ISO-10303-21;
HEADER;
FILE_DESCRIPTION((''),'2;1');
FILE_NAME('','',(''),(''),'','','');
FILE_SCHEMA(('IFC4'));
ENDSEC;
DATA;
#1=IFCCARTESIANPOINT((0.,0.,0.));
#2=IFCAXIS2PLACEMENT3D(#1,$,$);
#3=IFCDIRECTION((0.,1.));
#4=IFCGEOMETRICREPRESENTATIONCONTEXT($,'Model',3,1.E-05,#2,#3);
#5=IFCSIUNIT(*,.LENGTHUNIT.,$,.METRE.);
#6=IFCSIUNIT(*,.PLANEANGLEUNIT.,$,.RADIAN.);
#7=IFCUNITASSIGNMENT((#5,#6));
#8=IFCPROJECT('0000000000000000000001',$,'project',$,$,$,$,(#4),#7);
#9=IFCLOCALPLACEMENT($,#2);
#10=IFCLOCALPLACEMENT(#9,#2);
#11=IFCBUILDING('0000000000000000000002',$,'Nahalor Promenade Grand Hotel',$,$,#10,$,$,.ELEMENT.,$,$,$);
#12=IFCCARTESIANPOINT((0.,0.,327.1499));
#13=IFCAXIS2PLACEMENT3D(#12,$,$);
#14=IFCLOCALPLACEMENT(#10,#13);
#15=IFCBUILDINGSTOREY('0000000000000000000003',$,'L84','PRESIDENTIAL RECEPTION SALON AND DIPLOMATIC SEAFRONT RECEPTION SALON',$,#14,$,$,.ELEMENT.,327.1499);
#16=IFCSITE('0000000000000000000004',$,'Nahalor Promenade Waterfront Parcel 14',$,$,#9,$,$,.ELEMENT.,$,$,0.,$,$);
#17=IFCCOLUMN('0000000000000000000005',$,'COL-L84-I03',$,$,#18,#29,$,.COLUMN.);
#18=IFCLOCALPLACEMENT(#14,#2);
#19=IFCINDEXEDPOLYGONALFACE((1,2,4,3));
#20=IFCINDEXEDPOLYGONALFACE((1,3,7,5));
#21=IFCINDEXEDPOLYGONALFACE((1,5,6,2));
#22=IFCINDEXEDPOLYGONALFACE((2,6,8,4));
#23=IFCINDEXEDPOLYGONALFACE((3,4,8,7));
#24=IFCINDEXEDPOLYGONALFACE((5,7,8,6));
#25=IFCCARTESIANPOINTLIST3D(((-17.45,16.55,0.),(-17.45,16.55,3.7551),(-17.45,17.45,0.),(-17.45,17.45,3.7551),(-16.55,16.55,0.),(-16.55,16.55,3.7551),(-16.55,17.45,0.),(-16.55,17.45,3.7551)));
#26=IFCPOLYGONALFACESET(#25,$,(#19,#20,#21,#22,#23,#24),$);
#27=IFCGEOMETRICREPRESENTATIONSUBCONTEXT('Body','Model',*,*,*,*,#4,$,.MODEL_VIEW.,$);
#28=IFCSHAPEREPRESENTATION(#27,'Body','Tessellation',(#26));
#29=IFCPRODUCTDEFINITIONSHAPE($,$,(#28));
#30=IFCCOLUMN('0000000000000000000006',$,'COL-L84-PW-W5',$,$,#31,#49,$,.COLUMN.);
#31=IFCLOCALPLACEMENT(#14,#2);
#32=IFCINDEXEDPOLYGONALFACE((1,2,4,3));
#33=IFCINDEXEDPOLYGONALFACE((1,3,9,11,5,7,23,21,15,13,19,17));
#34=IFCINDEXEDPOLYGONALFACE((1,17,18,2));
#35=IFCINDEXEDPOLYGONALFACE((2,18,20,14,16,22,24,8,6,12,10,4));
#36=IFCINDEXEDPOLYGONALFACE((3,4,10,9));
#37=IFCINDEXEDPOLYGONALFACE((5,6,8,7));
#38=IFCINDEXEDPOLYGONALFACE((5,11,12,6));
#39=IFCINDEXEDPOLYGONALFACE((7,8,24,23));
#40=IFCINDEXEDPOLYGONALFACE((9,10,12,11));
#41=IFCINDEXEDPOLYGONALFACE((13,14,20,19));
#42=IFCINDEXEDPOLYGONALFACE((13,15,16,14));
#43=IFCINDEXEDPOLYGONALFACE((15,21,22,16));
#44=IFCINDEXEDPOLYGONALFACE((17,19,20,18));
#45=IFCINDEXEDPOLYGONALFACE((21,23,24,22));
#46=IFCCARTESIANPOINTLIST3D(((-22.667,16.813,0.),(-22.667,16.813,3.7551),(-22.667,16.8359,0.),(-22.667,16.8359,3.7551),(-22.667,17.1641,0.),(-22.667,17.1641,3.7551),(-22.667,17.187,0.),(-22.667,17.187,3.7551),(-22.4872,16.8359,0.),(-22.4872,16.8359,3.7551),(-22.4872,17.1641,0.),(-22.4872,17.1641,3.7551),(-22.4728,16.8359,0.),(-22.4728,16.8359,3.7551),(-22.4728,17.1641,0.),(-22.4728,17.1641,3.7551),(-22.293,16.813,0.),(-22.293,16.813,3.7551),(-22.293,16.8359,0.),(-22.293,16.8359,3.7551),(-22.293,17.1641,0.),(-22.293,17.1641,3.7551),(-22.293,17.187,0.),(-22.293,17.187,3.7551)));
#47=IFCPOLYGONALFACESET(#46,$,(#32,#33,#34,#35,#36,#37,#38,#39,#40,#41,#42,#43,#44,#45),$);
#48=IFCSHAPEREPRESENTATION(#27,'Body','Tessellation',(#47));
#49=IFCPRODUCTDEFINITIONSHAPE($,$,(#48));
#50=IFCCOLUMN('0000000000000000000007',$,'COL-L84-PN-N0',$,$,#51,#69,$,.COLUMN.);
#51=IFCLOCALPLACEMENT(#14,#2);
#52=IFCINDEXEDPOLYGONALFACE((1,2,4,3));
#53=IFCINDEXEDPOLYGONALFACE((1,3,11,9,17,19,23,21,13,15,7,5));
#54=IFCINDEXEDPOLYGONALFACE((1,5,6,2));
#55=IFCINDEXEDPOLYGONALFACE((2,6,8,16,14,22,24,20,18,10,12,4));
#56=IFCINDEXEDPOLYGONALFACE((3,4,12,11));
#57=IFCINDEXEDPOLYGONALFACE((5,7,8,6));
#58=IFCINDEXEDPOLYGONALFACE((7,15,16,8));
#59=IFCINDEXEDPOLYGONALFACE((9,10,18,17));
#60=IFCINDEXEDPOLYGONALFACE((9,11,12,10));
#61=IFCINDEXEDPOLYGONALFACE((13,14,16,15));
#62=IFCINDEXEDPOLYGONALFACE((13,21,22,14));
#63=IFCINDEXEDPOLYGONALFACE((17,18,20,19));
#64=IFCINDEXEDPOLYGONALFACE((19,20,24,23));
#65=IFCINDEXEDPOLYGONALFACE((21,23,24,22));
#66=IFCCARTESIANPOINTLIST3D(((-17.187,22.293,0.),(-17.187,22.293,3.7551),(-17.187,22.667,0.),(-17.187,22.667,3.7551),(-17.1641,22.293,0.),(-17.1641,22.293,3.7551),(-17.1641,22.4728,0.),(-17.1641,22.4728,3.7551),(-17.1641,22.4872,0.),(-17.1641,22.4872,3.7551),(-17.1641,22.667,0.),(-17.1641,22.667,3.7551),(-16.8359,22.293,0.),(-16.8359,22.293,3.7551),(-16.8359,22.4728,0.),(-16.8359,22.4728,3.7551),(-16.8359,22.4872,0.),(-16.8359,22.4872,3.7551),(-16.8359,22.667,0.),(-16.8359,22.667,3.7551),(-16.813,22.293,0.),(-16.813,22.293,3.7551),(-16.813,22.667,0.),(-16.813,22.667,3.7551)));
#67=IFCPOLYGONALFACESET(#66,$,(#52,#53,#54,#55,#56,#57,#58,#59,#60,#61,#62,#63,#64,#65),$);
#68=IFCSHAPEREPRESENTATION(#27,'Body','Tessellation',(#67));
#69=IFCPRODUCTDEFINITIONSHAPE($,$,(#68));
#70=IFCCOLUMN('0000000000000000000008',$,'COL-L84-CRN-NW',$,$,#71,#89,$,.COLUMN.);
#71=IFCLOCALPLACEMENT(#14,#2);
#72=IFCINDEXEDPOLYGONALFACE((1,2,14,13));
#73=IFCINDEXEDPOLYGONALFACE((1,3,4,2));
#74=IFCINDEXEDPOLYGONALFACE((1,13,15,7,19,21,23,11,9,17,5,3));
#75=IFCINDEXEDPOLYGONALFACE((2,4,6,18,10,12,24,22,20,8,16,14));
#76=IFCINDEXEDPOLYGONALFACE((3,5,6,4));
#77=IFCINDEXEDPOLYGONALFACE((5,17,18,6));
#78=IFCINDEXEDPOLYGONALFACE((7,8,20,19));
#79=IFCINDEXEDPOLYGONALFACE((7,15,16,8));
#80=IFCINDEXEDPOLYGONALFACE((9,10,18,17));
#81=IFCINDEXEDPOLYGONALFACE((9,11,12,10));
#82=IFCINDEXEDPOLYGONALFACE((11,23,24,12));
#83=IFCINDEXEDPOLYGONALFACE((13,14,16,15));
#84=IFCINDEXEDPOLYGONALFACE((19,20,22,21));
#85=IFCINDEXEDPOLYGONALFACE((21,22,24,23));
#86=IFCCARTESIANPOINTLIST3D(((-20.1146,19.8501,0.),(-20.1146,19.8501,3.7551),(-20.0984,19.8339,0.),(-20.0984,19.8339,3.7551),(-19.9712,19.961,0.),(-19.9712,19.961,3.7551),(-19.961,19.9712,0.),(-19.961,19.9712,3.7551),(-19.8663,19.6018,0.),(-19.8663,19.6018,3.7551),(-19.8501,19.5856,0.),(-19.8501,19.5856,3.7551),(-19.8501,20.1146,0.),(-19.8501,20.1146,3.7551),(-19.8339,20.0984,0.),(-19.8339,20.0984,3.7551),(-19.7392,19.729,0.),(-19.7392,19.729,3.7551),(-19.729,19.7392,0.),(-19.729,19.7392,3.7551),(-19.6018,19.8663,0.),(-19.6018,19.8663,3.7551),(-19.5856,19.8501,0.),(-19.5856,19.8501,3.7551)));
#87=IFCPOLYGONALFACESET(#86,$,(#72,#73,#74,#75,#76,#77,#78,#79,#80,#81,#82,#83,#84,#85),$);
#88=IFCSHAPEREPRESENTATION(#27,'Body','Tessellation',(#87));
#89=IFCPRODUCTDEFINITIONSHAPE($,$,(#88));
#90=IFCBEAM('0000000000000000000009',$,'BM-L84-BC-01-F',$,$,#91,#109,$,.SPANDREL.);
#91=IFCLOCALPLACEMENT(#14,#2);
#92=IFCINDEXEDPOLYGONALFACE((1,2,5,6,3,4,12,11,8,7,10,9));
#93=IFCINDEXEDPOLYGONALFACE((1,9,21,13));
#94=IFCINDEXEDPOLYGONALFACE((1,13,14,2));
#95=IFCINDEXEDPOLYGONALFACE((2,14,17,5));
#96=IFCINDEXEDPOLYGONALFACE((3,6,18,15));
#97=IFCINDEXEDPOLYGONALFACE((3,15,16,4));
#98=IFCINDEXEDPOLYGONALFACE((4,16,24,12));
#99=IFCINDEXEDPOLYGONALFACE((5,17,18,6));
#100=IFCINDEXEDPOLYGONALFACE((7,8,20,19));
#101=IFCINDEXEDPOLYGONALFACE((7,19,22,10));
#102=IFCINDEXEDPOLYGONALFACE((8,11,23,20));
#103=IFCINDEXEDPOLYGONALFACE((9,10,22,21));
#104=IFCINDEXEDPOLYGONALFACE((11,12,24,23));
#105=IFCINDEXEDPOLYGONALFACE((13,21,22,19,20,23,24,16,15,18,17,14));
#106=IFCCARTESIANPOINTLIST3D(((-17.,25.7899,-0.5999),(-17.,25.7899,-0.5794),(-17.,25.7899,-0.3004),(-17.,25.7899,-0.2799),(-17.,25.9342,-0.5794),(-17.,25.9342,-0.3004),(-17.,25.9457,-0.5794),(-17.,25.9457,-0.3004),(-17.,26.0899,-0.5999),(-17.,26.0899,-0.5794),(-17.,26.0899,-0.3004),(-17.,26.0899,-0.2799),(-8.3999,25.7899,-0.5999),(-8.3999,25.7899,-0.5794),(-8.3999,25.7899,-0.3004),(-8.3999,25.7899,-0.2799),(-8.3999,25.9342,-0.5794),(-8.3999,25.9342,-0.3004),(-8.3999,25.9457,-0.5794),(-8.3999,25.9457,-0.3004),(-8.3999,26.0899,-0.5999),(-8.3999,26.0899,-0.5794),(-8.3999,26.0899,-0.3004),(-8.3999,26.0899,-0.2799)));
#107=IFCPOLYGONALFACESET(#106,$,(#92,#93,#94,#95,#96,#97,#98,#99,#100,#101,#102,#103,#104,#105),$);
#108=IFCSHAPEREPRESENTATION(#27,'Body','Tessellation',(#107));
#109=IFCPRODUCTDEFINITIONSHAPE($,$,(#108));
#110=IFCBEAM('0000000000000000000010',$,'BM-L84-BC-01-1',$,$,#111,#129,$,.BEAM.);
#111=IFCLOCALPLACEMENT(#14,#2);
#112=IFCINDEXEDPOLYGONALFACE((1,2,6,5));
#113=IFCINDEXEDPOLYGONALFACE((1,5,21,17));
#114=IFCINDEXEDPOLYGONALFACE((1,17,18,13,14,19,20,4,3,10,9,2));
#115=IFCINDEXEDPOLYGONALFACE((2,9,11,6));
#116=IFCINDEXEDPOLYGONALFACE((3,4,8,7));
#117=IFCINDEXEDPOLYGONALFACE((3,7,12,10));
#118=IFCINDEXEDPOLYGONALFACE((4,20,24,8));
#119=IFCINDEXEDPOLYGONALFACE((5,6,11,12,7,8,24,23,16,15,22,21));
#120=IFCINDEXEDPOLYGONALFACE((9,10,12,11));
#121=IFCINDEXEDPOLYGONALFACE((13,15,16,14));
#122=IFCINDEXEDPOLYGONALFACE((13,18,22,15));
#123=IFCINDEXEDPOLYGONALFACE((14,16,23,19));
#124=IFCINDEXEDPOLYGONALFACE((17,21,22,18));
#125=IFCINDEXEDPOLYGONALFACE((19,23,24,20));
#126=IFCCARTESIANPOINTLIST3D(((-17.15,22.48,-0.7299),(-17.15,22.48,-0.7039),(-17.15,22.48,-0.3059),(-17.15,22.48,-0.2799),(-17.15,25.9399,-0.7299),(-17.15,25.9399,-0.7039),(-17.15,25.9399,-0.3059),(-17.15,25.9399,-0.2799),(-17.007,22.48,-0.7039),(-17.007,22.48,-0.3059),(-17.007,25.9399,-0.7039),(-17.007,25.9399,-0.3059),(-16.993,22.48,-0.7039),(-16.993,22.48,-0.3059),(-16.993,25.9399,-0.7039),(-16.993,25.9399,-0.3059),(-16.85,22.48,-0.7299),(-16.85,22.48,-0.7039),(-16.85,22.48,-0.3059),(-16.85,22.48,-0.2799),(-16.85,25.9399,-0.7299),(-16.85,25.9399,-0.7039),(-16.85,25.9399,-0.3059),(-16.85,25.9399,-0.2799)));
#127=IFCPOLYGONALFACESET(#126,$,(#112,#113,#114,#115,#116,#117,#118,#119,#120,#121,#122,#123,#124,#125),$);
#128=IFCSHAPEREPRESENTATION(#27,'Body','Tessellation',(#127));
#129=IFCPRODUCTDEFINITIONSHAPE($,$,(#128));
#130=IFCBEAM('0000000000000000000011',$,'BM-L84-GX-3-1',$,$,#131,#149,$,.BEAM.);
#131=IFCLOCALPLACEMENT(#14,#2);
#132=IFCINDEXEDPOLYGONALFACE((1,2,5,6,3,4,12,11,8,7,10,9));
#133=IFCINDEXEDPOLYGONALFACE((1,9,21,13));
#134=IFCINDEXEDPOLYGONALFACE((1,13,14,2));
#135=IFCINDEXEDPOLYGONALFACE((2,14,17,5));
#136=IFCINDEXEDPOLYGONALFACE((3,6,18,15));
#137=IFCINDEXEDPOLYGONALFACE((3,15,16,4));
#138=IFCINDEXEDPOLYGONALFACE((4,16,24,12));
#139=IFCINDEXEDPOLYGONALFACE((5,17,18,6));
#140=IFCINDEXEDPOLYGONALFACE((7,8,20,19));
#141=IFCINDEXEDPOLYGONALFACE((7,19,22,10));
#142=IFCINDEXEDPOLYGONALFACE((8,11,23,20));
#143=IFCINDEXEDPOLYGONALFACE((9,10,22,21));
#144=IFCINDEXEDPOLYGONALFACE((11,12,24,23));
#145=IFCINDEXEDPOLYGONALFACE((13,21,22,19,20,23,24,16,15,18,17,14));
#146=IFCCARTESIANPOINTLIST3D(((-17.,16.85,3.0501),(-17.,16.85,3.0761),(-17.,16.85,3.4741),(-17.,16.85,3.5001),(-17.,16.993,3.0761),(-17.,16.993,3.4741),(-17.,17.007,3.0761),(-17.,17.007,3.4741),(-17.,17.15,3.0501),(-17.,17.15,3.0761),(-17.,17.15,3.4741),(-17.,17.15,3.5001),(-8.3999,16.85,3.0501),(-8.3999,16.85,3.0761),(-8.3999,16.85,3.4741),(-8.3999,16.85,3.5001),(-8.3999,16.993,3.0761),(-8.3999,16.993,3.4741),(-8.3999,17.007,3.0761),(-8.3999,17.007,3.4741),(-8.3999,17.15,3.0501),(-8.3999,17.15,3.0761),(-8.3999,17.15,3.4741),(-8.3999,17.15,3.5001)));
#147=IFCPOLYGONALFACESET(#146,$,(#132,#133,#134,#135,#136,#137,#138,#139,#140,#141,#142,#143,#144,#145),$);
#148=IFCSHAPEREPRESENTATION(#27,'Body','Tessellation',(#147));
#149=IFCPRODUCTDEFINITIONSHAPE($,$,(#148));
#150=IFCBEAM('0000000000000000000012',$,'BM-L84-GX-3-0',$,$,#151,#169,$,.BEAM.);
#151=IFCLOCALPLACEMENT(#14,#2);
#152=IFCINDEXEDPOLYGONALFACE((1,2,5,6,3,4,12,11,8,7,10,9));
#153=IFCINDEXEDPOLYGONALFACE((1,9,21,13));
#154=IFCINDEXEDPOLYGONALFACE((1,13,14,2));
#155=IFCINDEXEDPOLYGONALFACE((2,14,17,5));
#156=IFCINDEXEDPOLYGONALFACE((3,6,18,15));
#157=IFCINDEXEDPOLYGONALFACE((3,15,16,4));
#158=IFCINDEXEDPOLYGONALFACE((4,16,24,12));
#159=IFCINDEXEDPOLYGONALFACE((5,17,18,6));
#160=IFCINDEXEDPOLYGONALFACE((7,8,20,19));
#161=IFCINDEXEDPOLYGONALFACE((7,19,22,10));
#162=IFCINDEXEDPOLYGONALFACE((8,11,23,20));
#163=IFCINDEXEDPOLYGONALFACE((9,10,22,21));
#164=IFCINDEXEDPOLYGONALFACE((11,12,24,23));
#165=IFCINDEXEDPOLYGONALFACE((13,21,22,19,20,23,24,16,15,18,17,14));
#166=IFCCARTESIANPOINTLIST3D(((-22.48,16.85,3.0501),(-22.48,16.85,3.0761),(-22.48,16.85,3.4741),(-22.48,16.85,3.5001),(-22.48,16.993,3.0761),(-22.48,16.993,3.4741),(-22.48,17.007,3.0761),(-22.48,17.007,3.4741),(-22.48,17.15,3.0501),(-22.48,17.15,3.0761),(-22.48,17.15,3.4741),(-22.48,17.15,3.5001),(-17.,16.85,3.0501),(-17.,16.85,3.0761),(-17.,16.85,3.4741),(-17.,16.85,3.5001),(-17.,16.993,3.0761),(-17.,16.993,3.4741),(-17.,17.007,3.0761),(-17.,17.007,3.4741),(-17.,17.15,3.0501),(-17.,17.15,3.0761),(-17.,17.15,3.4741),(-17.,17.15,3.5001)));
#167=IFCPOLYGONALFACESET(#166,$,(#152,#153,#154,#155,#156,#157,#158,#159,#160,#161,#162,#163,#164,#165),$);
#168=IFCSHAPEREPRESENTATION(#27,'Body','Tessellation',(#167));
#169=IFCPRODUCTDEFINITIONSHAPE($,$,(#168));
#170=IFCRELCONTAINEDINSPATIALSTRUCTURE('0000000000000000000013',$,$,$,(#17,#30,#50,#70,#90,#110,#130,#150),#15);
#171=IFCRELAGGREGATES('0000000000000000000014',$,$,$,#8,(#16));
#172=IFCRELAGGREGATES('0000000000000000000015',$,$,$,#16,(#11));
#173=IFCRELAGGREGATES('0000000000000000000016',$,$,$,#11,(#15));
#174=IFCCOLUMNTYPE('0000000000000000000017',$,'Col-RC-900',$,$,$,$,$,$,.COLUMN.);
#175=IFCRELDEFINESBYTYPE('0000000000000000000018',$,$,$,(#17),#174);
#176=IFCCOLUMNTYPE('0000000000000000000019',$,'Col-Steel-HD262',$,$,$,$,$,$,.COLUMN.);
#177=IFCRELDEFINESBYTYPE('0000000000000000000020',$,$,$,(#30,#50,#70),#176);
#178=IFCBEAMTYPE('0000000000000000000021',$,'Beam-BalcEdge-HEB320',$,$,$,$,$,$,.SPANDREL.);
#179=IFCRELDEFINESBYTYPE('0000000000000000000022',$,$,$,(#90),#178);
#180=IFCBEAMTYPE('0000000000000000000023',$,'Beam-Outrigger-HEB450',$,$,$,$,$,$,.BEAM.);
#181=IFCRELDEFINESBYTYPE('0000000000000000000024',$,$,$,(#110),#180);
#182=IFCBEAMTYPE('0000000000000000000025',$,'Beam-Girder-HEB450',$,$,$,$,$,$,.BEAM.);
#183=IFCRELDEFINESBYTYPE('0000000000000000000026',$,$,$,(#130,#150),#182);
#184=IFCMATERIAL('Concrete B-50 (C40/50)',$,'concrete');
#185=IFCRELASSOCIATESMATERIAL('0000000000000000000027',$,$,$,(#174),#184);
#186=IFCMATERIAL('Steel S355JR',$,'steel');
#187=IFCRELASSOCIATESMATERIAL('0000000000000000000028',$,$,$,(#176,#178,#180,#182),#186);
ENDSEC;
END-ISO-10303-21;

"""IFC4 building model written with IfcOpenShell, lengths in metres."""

from ifc_helpers import new_model, si_unit, direction, frame, origin, origin_2d, place, context, subcontext, project, spatial, rectangle, i_section, extrude, source, transform, mapped, material, material_profile, profile_set, type_object, element, save


model = new_model("IFC4")

# Units and contexts
model_context = context("Model", 3, precision=1e-05, world=origin(), true_north=direction((0.0, 1.0)))
body_context = subcontext(model_context, "Body", "Model", "MODEL_VIEW")
ifc_project = project(units=[si_unit("LENGTHUNIT", "METRE"), si_unit("PLANEANGLEUNIT", "RADIAN")], contexts=[model_context])

# Site, building, storey
site_placement = place(None, origin())
site = spatial("IfcSite", under=ifc_project, at=site_placement, Name="Nahalor Promenade Waterfront Parcel 14", CompositionType="ELEMENT", RefElevation=0.0)
building_placement = place(site_placement, origin())
building = spatial("IfcBuilding", under=site, at=building_placement, Name="Nahalor Promenade Grand Hotel", CompositionType="ELEMENT")
storey_placement = place(building_placement, frame((0.0, 0.0, 327.1499)))
storey = spatial("IfcBuildingStorey", under=building, at=storey_placement, Name="L84", Description="PRESIDENTIAL RECEPTION SALON AND DIPLOMATIC SEAFRONT RECEPTION SALON", CompositionType="ELEMENT", Elevation=327.1499)

# Columns
ifc_material_1 = material(Name="Concrete B-50 (C40/50)", Category="concrete")
ifc_material_profile_1 = material_profile(ifc_material_1, rectangle(XDim=0.9, YDim=0.9, at=origin_2d()), Name="RC 900x900")
ifc_profile_set_1 = profile_set([ifc_material_profile_1], Name="Concrete B-50 (C40/50)")
column_type_1 = type_object("IfcColumnType", Name="Col-RC-900", PredefinedType="COLUMN", material=ifc_profile_set_1)
shared_shape_1 = source(origin(), body_context, "Body", "SweptSolid", [
    extrude(rectangle(XDim=0.9, YDim=0.9, at=origin_2d()), origin(), (0.0, 0.0, 1.0), 3.7551),
])
column_placement = place(storey_placement, frame((-17.0, 17.0, 0.0), z_axis=(0.0, 0.0, 1.0), x_axis=(1.0, 0.0, 0.0)))
element("IfcColumn", 1, at=column_placement, inside=storey, type_object=column_type_1, Name="COL-L84-I03", PredefinedType="COLUMN", context=body_context, shape_type="MappedRepresentation", body=[
    mapped(shared_shape_1, transform((0.0, 0.0, 0.0), scale=1.0)),
])
ifc_material_2 = material(Name="Steel S355JR", Category="steel")
ifc_material_profile_2 = material_profile(ifc_material_2, i_section(OverallWidth=0.374, OverallDepth=0.374, WebThickness=0.0144, FlangeThickness=0.0229, at=origin_2d()), Name="HD 360x262")
ifc_profile_set_2 = profile_set([ifc_material_profile_2], Name="Steel S355JR")
column_type_2 = type_object("IfcColumnType", Name="Col-Steel-HD262", PredefinedType="COLUMN", material=ifc_profile_set_2)
shared_shape_2 = source(origin(), body_context, "Body", "SweptSolid", [
    extrude(i_section(OverallWidth=0.374, OverallDepth=0.374, WebThickness=0.0144, FlangeThickness=0.0229, at=origin_2d()), origin(), (0.0, 0.0, 1.0), 3.7551),
])
for number, where, z_axis, x_axis, name in (
    (2, (-22.48, 17.0, 0.0), (0.0, 0.0, 1.0), (1.0, 0.0, 0.0), "COL-L84-PW-W5"),
    (3, (-17.0, 22.48, 0.0), (0.0, 0.0, 1.0), (0.0, 1.0, 0.0), "COL-L84-PN-N0"),
    (4, (-19.8501, 19.8501, 0.0), (0.0, 0.0, 1.0), (0.707107, 0.707107, 0.0), "COL-L84-CRN-NW"),
):
    element("IfcColumn", number, at=place(storey_placement, frame(where, z_axis=z_axis, x_axis=x_axis)), inside=storey, type_object=column_type_2, Name=name, PredefinedType="COLUMN", context=body_context, shape_type="MappedRepresentation", body=[
        mapped(shared_shape_2, transform((0.0, 0.0, 0.0), scale=1.0)),
    ])

# Beams
ifc_material_profile_3 = material_profile(ifc_material_2, i_section(OverallWidth=0.3, OverallDepth=0.32, WebThickness=0.0115, FlangeThickness=0.0205, at=origin_2d()), Name="HEB 320")
ifc_profile_set_3 = profile_set([ifc_material_profile_3], Name="Steel S355JR")
beam_type_1 = type_object("IfcBeamType", Name="Beam-BalcEdge-HEB320", PredefinedType="SPANDREL", material=ifc_profile_set_3)
shared_shape_3 = source(origin(), body_context, "Body", "SweptSolid", [
    extrude(i_section(OverallWidth=0.3, OverallDepth=0.32, WebThickness=0.0115, FlangeThickness=0.0205, at=origin_2d()), origin(), (0.0, 0.0, 1.0), 8.6001),
])
beam_1_placement = place(storey_placement, frame((-17.0, 25.9399, -0.4399), z_axis=(1.0, 0.0, 0.0), x_axis=(0.0, 1.0, 0.0)))
element("IfcBeam", 5, at=beam_1_placement, inside=storey, type_object=beam_type_1, Name="BM-L84-BC-01-F", PredefinedType="SPANDREL", context=body_context, shape_type="MappedRepresentation", body=[
    mapped(shared_shape_3, transform((0.0, 0.0, 0.0), scale=1.0)),
])
ifc_material_profile_4 = material_profile(ifc_material_2, i_section(OverallWidth=0.3, OverallDepth=0.45, WebThickness=0.014, FlangeThickness=0.026, at=origin_2d()), Name="HEB 450")
ifc_profile_set_4 = profile_set([ifc_material_profile_4], Name="Steel S355JR")
beam_type_2 = type_object("IfcBeamType", Name="Beam-Outrigger-HEB450", PredefinedType="BEAM", material=ifc_profile_set_4)
shared_shape_4 = source(origin(), body_context, "Body", "SweptSolid", [
    extrude(i_section(OverallWidth=0.3, OverallDepth=0.45, WebThickness=0.014, FlangeThickness=0.026, at=origin_2d()), origin(), (0.0, 0.0, 1.0), 3.46),
])
beam_2_placement = place(storey_placement, frame((-17.0, 22.48, -0.5049), z_axis=(0.0, 1.0, 0.0), x_axis=(-1.0, 0.0, 0.0)))
element("IfcBeam", 6, at=beam_2_placement, inside=storey, type_object=beam_type_2, Name="BM-L84-BC-01-1", PredefinedType="BEAM", context=body_context, shape_type="MappedRepresentation", body=[
    mapped(shared_shape_4, transform((0.0, 0.0, 0.0), scale=1.0)),
])
ifc_material_profile_5 = material_profile(ifc_material_2, i_section(OverallWidth=0.3, OverallDepth=0.45, WebThickness=0.014, FlangeThickness=0.026, at=origin_2d()), Name="HEB 450")
ifc_profile_set_5 = profile_set([ifc_material_profile_5], Name="Steel S355JR")
beam_type_3 = type_object("IfcBeamType", Name="Beam-Girder-HEB450", PredefinedType="BEAM", material=ifc_profile_set_5)
shared_shape_5 = source(origin(), body_context, "Body", "SweptSolid", [
    extrude(i_section(OverallWidth=0.3, OverallDepth=0.45, WebThickness=0.014, FlangeThickness=0.026, at=origin_2d()), origin(), (0.0, 0.0, 1.0), 8.6001),
])
beam_3_placement = place(storey_placement, frame((-17.0, 17.0, 3.2751), z_axis=(1.0, 0.0, 0.0), x_axis=(0.0, 1.0, 0.0)))
element("IfcBeam", 7, at=beam_3_placement, inside=storey, type_object=beam_type_3, Name="BM-L84-GX-3-1", PredefinedType="BEAM", context=body_context, shape_type="MappedRepresentation", body=[
    mapped(shared_shape_5, transform((0.0, 0.0, 0.0), scale=1.0)),
])
shared_shape_6 = source(origin(), body_context, "Body", "SweptSolid", [
    extrude(i_section(OverallWidth=0.3, OverallDepth=0.45, WebThickness=0.014, FlangeThickness=0.026, at=origin_2d()), origin(), (0.0, 0.0, 1.0), 5.48),
])
for number, where, z_axis, x_axis, name in (
    (8, (-22.48, 17.0, 3.2751), (1.0, 0.0, 0.0), (0.0, 1.0, 0.0), "BM-L84-GX-3-0"),
):
    element("IfcBeam", number, at=place(storey_placement, frame(where, z_axis=z_axis, x_axis=x_axis)), inside=storey, type_object=beam_type_3, Name=name, PredefinedType="BEAM", context=body_context, shape_type="MappedRepresentation", body=[
        mapped(shared_shape_6, transform((0.0, 0.0, 0.0), scale=1.0)),
    ])

save(model, "model.ifc")
